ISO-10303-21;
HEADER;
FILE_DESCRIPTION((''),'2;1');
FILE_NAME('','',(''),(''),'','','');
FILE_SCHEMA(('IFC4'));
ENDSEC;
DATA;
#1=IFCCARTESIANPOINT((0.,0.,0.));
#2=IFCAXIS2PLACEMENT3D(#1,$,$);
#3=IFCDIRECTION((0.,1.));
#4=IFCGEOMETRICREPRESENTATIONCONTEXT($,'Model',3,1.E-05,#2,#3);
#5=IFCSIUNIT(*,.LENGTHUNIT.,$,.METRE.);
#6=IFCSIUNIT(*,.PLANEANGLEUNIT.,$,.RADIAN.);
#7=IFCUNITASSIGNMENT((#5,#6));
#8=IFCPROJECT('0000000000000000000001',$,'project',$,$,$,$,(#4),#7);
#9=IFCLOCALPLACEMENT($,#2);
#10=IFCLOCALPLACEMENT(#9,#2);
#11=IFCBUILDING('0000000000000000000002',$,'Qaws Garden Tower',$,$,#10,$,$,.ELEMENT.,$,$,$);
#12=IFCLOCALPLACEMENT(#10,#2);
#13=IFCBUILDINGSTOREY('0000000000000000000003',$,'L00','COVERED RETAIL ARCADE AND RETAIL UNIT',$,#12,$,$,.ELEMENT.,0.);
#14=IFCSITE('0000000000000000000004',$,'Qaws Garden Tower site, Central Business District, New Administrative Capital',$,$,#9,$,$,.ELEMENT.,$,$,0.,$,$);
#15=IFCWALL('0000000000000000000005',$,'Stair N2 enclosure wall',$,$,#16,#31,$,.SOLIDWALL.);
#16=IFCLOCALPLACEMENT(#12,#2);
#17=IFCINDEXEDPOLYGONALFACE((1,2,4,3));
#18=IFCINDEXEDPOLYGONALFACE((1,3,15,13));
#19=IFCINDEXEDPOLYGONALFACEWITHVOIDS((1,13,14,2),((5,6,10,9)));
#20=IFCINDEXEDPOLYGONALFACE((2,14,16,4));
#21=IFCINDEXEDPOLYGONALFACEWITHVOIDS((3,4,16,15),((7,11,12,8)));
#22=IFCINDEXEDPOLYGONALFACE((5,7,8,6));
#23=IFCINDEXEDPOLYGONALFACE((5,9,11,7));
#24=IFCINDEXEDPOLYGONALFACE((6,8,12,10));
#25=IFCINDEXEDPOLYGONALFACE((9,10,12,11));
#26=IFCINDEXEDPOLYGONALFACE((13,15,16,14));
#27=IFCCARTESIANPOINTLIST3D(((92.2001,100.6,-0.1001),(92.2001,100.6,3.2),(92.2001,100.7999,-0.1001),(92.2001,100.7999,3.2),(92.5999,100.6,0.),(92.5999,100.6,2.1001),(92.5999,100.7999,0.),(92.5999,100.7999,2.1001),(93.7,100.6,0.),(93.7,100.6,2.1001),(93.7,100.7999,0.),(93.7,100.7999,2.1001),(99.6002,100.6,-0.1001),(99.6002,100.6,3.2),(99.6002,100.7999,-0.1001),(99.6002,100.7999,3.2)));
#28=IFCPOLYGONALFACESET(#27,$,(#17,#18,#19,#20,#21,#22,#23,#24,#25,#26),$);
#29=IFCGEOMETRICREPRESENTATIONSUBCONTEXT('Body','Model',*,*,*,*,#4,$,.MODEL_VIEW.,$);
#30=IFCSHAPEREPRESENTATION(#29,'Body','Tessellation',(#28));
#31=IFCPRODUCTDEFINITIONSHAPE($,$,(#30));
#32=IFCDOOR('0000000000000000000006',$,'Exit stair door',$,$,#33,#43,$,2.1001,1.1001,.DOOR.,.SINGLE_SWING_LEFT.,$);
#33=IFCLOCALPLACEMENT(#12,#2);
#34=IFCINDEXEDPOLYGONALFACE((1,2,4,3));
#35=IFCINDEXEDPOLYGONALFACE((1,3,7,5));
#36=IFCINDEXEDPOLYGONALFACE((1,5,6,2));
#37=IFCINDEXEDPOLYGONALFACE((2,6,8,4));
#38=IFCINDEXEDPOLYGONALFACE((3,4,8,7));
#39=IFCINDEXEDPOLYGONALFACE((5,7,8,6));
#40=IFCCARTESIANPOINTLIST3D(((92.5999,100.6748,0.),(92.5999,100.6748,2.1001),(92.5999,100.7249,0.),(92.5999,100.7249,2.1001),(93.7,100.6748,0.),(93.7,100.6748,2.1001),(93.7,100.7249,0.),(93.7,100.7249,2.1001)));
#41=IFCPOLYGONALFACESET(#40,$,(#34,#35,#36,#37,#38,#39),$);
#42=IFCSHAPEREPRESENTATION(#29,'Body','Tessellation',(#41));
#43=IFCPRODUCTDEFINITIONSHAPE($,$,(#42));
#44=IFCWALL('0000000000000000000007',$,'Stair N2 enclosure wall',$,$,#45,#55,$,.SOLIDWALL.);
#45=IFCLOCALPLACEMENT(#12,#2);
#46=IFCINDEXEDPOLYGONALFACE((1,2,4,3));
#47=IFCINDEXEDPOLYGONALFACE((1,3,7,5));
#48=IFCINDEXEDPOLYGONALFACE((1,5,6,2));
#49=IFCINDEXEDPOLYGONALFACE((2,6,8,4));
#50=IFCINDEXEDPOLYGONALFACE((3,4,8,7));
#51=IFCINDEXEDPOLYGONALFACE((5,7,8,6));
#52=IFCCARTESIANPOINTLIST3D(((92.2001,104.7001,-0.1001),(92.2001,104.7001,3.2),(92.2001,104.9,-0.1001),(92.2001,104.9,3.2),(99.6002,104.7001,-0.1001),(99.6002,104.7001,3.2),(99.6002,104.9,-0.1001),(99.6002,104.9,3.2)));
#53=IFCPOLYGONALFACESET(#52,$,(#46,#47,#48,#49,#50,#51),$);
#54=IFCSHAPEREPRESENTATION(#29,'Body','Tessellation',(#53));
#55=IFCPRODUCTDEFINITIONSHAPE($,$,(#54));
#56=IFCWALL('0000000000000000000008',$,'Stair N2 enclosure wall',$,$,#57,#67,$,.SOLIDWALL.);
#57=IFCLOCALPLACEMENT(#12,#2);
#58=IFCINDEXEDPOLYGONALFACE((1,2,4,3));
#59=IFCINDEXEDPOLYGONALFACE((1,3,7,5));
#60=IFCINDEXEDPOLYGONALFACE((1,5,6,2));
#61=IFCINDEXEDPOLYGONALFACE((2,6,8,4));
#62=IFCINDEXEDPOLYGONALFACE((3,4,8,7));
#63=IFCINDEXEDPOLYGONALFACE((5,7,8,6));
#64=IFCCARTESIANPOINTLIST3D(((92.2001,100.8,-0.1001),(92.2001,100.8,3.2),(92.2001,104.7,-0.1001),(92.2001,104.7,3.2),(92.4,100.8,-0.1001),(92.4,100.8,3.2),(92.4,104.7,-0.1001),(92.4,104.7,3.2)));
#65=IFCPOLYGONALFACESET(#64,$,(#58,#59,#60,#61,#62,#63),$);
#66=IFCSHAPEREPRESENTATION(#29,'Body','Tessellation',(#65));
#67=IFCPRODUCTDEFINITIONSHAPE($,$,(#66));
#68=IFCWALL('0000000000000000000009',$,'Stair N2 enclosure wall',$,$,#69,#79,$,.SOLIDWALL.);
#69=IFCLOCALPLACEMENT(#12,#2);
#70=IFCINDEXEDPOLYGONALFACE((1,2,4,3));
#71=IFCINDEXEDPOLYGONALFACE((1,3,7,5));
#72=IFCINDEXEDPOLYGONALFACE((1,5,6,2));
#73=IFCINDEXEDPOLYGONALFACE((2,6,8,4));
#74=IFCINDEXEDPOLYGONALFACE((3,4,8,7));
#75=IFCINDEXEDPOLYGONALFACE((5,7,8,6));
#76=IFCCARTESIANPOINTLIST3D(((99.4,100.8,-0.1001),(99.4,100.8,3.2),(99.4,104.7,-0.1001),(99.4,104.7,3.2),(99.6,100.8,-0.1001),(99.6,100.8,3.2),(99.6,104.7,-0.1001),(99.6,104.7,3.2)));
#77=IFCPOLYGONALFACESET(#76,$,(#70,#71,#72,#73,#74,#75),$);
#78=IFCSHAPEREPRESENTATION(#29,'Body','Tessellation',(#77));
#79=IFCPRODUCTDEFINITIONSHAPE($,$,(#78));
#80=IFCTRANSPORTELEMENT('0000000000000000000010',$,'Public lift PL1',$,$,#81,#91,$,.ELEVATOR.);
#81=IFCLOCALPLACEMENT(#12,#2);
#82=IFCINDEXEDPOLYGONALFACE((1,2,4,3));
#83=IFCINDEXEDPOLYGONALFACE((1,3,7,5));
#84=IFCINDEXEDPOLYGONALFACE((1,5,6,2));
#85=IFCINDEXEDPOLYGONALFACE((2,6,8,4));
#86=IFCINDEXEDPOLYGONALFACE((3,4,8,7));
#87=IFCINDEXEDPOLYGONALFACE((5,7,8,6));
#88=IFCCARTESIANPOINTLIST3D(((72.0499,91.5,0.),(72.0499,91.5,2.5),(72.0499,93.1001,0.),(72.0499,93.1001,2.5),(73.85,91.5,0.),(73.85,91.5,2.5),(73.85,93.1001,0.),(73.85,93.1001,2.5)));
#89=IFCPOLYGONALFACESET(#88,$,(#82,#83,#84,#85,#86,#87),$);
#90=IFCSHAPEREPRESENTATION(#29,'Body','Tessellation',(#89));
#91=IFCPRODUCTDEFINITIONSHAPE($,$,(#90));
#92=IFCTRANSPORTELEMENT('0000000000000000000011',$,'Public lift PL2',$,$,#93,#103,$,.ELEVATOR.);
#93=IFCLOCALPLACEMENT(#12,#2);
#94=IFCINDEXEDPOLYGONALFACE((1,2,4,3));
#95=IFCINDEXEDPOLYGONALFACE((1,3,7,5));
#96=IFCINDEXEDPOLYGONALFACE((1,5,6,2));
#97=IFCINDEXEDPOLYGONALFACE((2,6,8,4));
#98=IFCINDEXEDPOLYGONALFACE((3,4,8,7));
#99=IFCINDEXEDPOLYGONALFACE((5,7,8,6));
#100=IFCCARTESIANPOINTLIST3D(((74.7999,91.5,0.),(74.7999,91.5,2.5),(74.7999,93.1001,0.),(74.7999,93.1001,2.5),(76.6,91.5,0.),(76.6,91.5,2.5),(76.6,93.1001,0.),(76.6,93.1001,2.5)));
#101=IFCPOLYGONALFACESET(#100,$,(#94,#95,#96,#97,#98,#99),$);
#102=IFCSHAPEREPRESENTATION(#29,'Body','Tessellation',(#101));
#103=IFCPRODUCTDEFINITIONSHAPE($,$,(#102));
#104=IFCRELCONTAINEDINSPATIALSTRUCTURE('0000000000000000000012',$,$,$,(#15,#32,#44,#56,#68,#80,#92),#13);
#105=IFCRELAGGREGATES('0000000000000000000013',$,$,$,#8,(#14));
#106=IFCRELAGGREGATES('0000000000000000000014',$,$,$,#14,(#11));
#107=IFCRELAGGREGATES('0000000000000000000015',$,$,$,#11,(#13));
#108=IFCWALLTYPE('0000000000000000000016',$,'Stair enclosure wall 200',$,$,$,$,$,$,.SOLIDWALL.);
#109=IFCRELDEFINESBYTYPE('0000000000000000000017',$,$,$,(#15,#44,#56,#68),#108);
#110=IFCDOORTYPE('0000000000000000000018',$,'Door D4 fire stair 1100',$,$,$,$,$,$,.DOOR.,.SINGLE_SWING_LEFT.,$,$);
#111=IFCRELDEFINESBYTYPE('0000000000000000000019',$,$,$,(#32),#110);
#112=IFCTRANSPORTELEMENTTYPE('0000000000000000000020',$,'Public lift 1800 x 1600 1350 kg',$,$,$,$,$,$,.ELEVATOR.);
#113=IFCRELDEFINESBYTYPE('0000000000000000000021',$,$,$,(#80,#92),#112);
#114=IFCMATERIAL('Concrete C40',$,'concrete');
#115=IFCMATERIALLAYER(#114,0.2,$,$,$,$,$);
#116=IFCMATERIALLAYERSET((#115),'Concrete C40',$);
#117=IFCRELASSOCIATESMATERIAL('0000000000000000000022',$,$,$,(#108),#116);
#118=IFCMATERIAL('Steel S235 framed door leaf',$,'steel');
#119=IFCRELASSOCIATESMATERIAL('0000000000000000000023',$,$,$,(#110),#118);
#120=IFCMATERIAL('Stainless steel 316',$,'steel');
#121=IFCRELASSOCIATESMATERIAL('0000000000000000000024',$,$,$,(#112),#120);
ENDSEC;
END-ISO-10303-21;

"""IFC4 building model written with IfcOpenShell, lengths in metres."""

from ifc_helpers import new_model, si_unit, direction, frame, frame_2d, origin, origin_2d, place, context, subcontext, project, spatial, rectangle, extrude, material, layer, layer_set, type_object, element, fill, save


model = new_model("IFC4")

# Units and contexts
model_context = context("Model", 3, precision=1e-05, world=origin(), true_north=direction((0.0, 1.0)))
body_context = subcontext(model_context, "Body", "Model", "MODEL_VIEW")
ifc_project = project(units=[si_unit("LENGTHUNIT", "METRE"), si_unit("PLANEANGLEUNIT", "RADIAN")], contexts=[model_context])

# Site, building, storey
site_placement = place(None, origin())
site = spatial("IfcSite", under=ifc_project, at=site_placement, Name="Qaws Garden Tower site, Central Business District, New Administrative Capital", CompositionType="ELEMENT", RefElevation=0.0)
building_placement = place(site_placement, origin())
building = spatial("IfcBuilding", under=site, at=building_placement, Name="Qaws Garden Tower", CompositionType="ELEMENT")
storey_placement = place(building_placement, origin())
storey = spatial("IfcBuildingStorey", under=building, at=storey_placement, Name="L00", Description="COVERED RETAIL ARCADE AND RETAIL UNIT", CompositionType="ELEMENT", Elevation=0.0)

# Wall, opening, door
ifc_material_1 = material(Name="Concrete C40", Category="concrete")
ifc_layer_1 = layer(ifc_material_1, 0.2)
ifc_layer_set_1 = layer_set([ifc_layer_1], Name="Concrete C40")
wall_type_1 = type_object("IfcWallType", Name="Stair enclosure wall 200", PredefinedType="SOLIDWALL", material=ifc_layer_set_1)
wall_1_placement = place(storey_placement, frame((92.2, 100.7, -0.1001), z_axis=(0.0, 0.0, 1.0), x_axis=(1.0, 0.0, 0.0)))
wall_1 = element("IfcWall", 1, at=wall_1_placement, inside=storey, type_object=wall_type_1, Name="Stair N2 enclosure wall", PredefinedType="SOLIDWALL", context=body_context, shape_type="SweptSolid", body=[
    extrude(rectangle(XDim=7.4001, YDim=0.2, at=frame_2d((3.7002, 0.0))), origin(), (0.0, 0.0, 1.0), 3.3),
])
opening_1_placement = place(wall_1_placement, frame((0.3999, 0.0, 0.1001)))
opening_1 = element("IfcOpeningElement", 2, at=opening_1_placement, cuts=wall_1, PredefinedType="OPENING", context=body_context, shape_type="SweptSolid", body=[
    extrude(rectangle(XDim=1.1001, YDim=2.1001, at=frame_2d((0.55, 1.05))), frame((0.0, 0.1099, 0.0), z_axis=(0.0, -1.0, 0.0), x_axis=(1.0, 0.0, 0.0)), (0.0, 0.0, 1.0), 0.22),
])
ifc_material_2 = material(Name="Steel S235 framed door leaf", Category="steel")
door_type_1 = type_object("IfcDoorType", Name="Door D4 fire stair 1100", OperationType="SINGLE_SWING_LEFT", PredefinedType="DOOR", material=ifc_material_2)
door_1_placement = place(opening_1_placement, origin())
door_1 = element("IfcDoor", 3, at=door_1_placement, inside=storey, type_object=door_type_1, Name="Exit stair door", OperationType="SINGLE_SWING_LEFT", OverallHeight=2.1001, OverallWidth=1.1001, PredefinedType="DOOR", context=body_context, shape_type="SweptSolid", body=[
    extrude(rectangle(XDim=1.1001, YDim=2.1001, at=frame_2d((0.55, 1.05))), frame((0.0, 0.0249, 0.0), z_axis=(0.0, -1.0, 0.0), x_axis=(1.0, 0.0, 0.0)), (0.0, 0.0, 1.0), 0.05),
])
fill(opening_1, door_1)

# Walls
wall_2_placement = place(storey_placement, frame((92.2, 104.8, -0.1001), z_axis=(0.0, 0.0, 1.0), x_axis=(1.0, 0.0, 0.0)))
element("IfcWall", 4, at=wall_2_placement, inside=storey, type_object=wall_type_1, Name="Stair N2 enclosure wall", PredefinedType="SOLIDWALL", context=body_context, shape_type="SweptSolid", body=[
    extrude(rectangle(XDim=7.4001, YDim=0.2, at=frame_2d((3.7002, 0.0))), origin(), (0.0, 0.0, 1.0), 3.3),
])
for number, where, z_axis, x_axis, name in (
    (5, (92.3, 100.8, -0.1001), (0.0, 0.0, 1.0), (0.0, 1.0, 0.0), "Stair N2 enclosure wall"),
    (6, (99.5, 100.8, -0.1001), (0.0, 0.0, 1.0), (0.0, 1.0, 0.0), "Stair N2 enclosure wall"),
):
    element("IfcWall", number, at=place(storey_placement, frame(where, z_axis=z_axis, x_axis=x_axis)), inside=storey, type_object=wall_type_1, Name=name, PredefinedType="SOLIDWALL", context=body_context, shape_type="SweptSolid", body=[
        extrude(rectangle(XDim=3.8999, YDim=0.2, at=frame_2d((1.95, 0.0))), origin(), (0.0, 0.0, 1.0), 3.3),
    ])

# Transport elements
ifc_material_3 = material(Name="Stainless steel 316", Category="steel")
transport_element_type = type_object("IfcTransportElementType", Name="Public lift 1800 x 1600 1350 kg", PredefinedType="ELEVATOR", material=ifc_material_3)
for number, where, z_axis, x_axis, name in (
    (7, (72.95, 92.3, 0.0), (0.0, 0.0, 1.0), (1.0, 0.0, 0.0), "Public lift PL1"),
    (8, (75.7, 92.3, 0.0), (0.0, 0.0, 1.0), (1.0, 0.0, 0.0), "Public lift PL2"),
):
    element("IfcTransportElement", number, at=place(storey_placement, frame(where, z_axis=z_axis, x_axis=x_axis)), inside=storey, type_object=transport_element_type, Name=name, PredefinedType="ELEVATOR", context=body_context, shape_type="SweptSolid", body=[
        extrude(rectangle(XDim=1.8, YDim=1.6001, at=origin_2d()), origin(), (0.0, 0.0, 1.0), 2.5),
    ])

save(model, "model.ifc")
